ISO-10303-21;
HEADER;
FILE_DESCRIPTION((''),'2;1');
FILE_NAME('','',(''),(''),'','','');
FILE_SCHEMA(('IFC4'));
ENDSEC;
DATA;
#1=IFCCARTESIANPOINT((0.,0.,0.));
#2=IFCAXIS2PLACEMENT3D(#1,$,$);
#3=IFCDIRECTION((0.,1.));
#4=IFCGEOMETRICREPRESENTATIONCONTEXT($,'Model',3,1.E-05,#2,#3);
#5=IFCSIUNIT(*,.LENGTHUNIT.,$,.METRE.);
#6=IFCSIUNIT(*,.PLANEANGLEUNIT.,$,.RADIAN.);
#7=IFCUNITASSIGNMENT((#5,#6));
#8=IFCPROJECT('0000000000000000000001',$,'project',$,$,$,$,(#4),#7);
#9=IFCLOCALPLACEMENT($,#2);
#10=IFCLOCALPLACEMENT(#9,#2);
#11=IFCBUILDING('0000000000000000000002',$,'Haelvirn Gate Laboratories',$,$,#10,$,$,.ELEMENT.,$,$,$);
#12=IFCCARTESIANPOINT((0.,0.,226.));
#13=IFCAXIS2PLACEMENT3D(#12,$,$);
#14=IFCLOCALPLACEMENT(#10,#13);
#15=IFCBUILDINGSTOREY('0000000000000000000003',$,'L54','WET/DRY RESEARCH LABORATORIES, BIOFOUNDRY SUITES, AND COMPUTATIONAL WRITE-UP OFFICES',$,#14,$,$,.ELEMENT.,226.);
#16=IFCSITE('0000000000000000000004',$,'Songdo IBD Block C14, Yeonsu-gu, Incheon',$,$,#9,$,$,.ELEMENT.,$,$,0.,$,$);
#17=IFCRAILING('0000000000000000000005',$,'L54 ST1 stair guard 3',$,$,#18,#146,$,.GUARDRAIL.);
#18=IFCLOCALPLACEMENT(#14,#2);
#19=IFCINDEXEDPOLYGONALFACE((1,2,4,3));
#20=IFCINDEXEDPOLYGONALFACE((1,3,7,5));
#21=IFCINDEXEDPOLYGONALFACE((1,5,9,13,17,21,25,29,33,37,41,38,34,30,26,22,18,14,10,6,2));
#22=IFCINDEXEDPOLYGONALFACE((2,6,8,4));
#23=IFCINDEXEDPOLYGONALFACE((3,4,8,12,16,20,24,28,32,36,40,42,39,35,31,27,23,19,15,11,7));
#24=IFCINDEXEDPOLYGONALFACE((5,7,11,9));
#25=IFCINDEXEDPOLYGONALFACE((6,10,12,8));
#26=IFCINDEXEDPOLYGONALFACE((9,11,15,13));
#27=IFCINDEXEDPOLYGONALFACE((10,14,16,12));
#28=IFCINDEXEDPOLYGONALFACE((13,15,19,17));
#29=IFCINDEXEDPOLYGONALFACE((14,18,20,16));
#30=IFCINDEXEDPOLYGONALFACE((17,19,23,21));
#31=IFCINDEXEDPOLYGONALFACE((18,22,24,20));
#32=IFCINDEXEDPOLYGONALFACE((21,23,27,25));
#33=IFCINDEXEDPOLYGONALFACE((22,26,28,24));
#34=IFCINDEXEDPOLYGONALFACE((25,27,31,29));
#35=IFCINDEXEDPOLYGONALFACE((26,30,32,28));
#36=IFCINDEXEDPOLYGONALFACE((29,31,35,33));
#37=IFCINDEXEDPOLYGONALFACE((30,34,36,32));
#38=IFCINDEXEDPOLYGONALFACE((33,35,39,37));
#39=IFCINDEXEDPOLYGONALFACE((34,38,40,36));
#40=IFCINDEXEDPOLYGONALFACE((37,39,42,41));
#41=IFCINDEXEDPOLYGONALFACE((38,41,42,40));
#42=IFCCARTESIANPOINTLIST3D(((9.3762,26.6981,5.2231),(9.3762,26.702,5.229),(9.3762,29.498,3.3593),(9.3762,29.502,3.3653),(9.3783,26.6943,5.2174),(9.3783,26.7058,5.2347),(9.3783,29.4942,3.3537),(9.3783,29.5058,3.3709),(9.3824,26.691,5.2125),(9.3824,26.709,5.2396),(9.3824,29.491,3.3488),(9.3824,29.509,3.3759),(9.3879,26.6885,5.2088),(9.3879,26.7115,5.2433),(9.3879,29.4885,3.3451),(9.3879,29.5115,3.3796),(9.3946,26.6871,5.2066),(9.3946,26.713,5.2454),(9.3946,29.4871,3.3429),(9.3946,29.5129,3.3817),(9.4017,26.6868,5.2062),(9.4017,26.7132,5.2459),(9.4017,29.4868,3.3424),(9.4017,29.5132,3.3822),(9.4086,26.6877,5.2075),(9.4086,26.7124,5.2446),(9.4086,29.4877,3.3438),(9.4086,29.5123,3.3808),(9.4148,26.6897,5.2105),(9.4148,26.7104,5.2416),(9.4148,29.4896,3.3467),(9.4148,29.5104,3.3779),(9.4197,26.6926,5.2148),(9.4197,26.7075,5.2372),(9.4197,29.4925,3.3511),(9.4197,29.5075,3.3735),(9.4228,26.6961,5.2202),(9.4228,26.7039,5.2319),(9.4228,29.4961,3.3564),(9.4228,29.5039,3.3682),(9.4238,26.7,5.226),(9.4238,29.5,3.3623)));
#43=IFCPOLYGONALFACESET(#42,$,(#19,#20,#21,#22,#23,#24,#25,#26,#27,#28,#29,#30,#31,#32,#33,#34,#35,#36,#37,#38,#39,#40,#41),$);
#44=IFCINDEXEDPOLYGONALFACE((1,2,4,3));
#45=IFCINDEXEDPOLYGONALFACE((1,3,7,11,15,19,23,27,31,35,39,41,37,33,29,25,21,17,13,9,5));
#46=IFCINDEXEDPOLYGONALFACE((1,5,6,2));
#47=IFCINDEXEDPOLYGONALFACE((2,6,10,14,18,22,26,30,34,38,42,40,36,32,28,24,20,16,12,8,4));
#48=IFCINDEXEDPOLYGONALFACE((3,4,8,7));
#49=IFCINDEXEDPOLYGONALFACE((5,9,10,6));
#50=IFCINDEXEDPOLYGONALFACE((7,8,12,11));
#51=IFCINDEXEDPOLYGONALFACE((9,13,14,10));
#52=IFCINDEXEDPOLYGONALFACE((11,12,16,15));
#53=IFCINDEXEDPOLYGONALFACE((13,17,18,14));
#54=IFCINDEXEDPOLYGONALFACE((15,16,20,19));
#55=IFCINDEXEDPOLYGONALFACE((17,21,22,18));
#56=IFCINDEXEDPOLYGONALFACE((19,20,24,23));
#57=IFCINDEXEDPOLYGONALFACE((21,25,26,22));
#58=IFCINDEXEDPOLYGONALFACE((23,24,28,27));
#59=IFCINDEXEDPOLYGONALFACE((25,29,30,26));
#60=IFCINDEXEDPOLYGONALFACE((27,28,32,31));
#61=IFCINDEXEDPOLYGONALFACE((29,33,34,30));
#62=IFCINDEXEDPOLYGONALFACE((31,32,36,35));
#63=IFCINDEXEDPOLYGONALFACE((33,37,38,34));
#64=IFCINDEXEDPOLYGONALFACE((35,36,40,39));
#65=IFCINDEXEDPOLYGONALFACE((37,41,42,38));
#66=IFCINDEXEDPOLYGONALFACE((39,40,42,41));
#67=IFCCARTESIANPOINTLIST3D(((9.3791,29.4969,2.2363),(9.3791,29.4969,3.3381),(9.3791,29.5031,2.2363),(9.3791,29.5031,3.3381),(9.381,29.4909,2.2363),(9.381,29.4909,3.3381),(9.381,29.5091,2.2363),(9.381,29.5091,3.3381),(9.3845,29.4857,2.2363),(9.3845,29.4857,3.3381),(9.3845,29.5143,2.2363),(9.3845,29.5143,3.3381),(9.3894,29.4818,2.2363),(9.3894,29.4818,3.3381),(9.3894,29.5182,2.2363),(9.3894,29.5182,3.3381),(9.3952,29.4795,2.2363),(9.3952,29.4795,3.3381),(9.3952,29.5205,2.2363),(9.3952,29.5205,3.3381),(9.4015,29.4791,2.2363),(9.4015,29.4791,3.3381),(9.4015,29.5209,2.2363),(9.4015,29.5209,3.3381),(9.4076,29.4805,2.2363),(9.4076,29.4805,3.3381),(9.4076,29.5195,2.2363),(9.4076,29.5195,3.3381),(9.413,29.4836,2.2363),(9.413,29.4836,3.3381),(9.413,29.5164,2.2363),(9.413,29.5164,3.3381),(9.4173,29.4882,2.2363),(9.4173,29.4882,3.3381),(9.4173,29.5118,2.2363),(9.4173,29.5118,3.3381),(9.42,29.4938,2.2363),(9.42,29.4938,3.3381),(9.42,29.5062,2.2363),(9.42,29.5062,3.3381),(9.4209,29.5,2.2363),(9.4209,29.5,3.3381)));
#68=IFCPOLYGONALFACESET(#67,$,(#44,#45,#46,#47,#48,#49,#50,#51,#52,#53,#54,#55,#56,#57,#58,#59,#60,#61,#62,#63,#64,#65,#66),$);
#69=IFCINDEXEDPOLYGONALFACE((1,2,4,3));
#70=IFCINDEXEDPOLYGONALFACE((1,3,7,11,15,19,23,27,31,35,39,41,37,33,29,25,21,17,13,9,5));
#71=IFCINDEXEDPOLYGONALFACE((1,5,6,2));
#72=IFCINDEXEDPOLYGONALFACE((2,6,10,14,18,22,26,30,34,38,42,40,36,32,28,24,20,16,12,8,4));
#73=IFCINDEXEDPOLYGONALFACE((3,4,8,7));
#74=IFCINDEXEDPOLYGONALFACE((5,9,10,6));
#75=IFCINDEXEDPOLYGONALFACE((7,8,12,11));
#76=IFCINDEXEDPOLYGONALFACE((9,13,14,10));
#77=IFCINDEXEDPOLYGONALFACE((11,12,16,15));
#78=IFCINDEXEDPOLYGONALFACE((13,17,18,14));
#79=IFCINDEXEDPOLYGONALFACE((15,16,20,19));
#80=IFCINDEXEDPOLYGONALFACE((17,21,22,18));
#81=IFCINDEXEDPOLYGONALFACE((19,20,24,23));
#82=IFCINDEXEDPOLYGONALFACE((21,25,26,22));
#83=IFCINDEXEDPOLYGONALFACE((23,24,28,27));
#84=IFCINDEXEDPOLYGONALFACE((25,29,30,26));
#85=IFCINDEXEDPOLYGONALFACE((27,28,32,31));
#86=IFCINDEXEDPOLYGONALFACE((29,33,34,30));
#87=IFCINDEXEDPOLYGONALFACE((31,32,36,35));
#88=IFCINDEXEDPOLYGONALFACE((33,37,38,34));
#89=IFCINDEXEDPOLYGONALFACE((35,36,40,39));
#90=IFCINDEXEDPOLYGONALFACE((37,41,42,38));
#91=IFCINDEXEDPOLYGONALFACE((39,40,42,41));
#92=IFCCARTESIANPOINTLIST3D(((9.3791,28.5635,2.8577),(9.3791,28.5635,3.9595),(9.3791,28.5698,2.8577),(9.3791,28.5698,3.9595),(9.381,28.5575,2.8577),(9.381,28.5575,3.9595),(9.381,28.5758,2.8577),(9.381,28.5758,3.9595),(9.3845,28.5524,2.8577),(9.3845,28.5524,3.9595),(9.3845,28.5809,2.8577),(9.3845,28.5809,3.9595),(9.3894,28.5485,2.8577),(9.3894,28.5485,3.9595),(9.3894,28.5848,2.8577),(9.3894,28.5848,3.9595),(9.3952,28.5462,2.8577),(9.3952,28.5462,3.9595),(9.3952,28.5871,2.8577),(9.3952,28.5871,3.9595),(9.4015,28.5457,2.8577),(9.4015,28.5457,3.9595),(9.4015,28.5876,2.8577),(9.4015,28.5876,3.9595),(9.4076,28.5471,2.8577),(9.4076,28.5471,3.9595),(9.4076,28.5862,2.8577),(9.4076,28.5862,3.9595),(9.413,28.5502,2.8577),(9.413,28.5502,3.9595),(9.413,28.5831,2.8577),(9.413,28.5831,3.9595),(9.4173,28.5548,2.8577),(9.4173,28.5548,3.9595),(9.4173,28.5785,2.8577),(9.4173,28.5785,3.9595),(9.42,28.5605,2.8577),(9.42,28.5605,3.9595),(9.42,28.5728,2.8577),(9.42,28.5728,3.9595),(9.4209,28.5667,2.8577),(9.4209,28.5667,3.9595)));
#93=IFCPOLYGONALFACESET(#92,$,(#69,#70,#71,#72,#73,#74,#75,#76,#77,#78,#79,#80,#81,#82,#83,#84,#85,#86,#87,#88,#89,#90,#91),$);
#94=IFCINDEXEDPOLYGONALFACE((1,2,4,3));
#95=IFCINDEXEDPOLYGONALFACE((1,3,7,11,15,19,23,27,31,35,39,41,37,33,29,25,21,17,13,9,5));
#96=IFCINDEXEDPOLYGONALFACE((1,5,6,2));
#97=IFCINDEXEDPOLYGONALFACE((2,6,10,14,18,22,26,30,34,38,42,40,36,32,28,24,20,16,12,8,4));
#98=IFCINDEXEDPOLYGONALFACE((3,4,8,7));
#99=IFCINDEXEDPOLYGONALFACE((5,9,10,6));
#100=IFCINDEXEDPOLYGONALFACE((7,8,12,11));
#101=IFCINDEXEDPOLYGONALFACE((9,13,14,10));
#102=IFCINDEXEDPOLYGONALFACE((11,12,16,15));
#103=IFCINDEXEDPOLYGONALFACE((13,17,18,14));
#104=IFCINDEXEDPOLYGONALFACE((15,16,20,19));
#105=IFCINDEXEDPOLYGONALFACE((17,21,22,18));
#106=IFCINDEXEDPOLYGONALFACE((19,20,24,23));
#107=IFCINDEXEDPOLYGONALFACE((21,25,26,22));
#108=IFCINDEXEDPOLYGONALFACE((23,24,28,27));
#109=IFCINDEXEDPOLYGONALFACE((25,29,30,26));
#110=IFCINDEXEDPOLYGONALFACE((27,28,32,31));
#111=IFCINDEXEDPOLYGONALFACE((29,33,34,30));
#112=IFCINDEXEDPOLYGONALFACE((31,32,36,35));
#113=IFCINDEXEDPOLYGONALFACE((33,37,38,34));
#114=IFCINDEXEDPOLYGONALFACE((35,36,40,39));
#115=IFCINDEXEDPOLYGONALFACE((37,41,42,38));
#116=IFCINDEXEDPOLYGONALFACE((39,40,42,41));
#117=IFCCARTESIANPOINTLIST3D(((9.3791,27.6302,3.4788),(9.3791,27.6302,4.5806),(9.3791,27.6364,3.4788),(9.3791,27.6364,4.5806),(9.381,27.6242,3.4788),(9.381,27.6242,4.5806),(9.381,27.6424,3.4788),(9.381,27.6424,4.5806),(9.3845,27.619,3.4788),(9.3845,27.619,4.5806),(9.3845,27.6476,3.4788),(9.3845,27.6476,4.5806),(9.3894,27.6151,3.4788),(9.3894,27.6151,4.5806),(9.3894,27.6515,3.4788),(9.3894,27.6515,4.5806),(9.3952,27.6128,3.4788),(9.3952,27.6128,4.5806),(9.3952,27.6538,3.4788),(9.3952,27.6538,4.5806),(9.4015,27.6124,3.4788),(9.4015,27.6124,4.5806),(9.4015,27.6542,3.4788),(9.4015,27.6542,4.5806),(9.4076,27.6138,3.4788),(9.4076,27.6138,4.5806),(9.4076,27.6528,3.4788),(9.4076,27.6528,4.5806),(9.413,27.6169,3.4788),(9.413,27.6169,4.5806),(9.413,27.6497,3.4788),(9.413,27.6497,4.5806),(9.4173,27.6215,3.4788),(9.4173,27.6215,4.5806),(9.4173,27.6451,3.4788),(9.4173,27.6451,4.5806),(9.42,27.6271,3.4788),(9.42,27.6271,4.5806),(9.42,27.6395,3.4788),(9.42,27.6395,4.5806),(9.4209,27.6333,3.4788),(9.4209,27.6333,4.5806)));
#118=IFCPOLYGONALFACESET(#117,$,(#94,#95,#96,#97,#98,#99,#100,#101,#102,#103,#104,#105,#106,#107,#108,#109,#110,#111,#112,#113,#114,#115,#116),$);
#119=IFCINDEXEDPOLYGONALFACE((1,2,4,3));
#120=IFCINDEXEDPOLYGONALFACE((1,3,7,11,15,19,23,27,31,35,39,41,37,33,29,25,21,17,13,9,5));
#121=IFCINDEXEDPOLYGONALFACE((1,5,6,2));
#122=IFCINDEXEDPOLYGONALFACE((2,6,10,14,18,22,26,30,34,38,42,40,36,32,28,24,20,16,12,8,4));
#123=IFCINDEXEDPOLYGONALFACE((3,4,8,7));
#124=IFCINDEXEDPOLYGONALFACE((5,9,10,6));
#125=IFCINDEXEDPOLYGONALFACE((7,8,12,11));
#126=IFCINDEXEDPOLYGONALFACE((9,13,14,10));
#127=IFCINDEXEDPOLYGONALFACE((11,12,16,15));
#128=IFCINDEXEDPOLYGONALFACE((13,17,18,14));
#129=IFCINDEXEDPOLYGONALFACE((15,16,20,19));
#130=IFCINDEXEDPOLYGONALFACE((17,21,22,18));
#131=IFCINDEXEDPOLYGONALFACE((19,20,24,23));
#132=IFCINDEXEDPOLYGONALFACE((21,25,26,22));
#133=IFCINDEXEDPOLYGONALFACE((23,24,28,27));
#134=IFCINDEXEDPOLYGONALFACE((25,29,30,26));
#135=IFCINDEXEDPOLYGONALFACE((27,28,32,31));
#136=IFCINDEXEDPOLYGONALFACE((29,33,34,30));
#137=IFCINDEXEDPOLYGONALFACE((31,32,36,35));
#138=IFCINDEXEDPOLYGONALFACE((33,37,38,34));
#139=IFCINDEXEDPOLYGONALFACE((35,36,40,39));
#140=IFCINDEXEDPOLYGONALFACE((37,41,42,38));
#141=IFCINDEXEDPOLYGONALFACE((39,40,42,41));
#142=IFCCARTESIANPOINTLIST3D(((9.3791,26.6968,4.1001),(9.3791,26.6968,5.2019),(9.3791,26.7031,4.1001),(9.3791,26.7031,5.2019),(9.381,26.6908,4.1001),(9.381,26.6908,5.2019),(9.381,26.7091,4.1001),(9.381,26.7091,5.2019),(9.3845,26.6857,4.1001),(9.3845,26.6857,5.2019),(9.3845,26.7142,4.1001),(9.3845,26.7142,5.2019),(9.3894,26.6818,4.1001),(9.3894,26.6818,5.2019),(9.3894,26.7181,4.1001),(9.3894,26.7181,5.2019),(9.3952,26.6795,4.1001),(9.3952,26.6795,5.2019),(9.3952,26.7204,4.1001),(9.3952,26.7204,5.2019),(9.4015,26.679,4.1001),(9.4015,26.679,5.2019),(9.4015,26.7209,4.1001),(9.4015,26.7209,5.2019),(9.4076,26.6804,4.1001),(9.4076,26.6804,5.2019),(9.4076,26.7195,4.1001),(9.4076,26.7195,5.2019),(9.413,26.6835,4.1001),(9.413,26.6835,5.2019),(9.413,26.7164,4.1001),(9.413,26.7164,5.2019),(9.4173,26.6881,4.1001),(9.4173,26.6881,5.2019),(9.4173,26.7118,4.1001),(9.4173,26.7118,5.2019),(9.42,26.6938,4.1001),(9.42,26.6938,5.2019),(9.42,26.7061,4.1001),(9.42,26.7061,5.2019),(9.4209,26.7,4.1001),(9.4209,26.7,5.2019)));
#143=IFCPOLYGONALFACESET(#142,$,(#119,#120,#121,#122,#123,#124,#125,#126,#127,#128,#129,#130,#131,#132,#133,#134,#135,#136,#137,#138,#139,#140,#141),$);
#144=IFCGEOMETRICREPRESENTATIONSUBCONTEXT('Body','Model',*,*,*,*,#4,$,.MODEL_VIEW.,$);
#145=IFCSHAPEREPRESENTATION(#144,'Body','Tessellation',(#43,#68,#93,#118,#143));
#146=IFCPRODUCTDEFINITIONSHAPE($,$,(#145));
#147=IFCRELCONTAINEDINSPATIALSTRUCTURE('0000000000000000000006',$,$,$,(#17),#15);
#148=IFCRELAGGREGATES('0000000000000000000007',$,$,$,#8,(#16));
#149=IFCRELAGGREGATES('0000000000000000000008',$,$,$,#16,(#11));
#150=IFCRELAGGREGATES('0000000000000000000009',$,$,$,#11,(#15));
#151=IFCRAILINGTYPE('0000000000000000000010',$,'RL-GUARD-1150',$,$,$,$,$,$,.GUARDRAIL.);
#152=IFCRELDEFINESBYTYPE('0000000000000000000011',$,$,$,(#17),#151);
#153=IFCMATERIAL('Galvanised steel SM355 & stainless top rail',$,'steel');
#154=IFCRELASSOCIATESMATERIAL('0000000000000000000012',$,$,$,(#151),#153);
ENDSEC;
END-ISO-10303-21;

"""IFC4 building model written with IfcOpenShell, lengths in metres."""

from ifc_helpers import new_model, si_unit, direction, frame, origin, origin_2d, place, context, subcontext, project, spatial, circle, extrude, source, transform, mapped, material, type_object, element, save


model = new_model("IFC4")

# Units and contexts
model_context = context("Model", 3, precision=1e-05, world=origin(), true_north=direction((0.0, 1.0)))
body_context = subcontext(model_context, "Body", "Model", "MODEL_VIEW")
ifc_project = project(units=[si_unit("LENGTHUNIT", "METRE"), si_unit("PLANEANGLEUNIT", "RADIAN")], contexts=[model_context])

# Site, building, storey
site_placement = place(None, origin())
site = spatial("IfcSite", under=ifc_project, at=site_placement, Name="Songdo IBD Block C14, Yeonsu-gu, Incheon", CompositionType="ELEMENT", RefElevation=0.0)
building_placement = place(site_placement, origin())
building = spatial("IfcBuilding", under=site, at=building_placement, Name="Haelvirn Gate Laboratories", CompositionType="ELEMENT")
storey_placement = place(building_placement, frame((0.0, 0.0, 226.0)))
storey = spatial("IfcBuildingStorey", under=building, at=storey_placement, Name="L54", Description="WET/DRY RESEARCH LABORATORIES, BIOFOUNDRY SUITES, AND COMPUTATIONAL WRITE-UP OFFICES", CompositionType="ELEMENT", Elevation=226.0)

# Railing
ifc_material_1 = material(Name="Galvanised steel SM355 & stainless top rail", Category="steel")
railing_type_1 = type_object("IfcRailingType", Name="RL-GUARD-1150", PredefinedType="GUARDRAIL", material=ifc_material_1)
shared_shape_1 = source(origin(), body_context, "Body", "SweptSolid", [
    extrude(circle(Radius=0.0239, at=origin_2d()), frame((0.0, 0.0, 1.126), z_axis=(0.0, -0.832452, 0.554097), x_axis=(1.0, 0.0, 0.0)), (0.0, 0.0, 1.0), 3.3635),
    extrude(circle(Radius=0.021, at=origin_2d()), origin(), (0.0, 0.0, 1.0), 1.1018),
    extrude(circle(Radius=0.021, at=origin_2d()), frame((0.0, -0.9333, 0.6213)), (0.0, 0.0, 1.0), 1.1018),
    extrude(circle(Radius=0.021, at=origin_2d()), frame((0.0, -1.8667, 1.2424)), (0.0, 0.0, 1.0), 1.1018),
    extrude(circle(Radius=0.021, at=origin_2d()), frame((0.0, -2.8, 1.8638)), (0.0, 0.0, 1.0), 1.1018),
])
railing_1_placement = place(storey_placement, frame((9.3999, 29.5, 2.2363)))
element("IfcRailing", 1, at=railing_1_placement, inside=storey, type_object=railing_type_1, Name="L54 ST1 stair guard 3", PredefinedType="GUARDRAIL", context=body_context, shape_type="MappedRepresentation", body=[
    mapped(shared_shape_1, transform((0.0, 0.0, 0.0), scale=1.0)),
])

save(model, "model.ifc")
